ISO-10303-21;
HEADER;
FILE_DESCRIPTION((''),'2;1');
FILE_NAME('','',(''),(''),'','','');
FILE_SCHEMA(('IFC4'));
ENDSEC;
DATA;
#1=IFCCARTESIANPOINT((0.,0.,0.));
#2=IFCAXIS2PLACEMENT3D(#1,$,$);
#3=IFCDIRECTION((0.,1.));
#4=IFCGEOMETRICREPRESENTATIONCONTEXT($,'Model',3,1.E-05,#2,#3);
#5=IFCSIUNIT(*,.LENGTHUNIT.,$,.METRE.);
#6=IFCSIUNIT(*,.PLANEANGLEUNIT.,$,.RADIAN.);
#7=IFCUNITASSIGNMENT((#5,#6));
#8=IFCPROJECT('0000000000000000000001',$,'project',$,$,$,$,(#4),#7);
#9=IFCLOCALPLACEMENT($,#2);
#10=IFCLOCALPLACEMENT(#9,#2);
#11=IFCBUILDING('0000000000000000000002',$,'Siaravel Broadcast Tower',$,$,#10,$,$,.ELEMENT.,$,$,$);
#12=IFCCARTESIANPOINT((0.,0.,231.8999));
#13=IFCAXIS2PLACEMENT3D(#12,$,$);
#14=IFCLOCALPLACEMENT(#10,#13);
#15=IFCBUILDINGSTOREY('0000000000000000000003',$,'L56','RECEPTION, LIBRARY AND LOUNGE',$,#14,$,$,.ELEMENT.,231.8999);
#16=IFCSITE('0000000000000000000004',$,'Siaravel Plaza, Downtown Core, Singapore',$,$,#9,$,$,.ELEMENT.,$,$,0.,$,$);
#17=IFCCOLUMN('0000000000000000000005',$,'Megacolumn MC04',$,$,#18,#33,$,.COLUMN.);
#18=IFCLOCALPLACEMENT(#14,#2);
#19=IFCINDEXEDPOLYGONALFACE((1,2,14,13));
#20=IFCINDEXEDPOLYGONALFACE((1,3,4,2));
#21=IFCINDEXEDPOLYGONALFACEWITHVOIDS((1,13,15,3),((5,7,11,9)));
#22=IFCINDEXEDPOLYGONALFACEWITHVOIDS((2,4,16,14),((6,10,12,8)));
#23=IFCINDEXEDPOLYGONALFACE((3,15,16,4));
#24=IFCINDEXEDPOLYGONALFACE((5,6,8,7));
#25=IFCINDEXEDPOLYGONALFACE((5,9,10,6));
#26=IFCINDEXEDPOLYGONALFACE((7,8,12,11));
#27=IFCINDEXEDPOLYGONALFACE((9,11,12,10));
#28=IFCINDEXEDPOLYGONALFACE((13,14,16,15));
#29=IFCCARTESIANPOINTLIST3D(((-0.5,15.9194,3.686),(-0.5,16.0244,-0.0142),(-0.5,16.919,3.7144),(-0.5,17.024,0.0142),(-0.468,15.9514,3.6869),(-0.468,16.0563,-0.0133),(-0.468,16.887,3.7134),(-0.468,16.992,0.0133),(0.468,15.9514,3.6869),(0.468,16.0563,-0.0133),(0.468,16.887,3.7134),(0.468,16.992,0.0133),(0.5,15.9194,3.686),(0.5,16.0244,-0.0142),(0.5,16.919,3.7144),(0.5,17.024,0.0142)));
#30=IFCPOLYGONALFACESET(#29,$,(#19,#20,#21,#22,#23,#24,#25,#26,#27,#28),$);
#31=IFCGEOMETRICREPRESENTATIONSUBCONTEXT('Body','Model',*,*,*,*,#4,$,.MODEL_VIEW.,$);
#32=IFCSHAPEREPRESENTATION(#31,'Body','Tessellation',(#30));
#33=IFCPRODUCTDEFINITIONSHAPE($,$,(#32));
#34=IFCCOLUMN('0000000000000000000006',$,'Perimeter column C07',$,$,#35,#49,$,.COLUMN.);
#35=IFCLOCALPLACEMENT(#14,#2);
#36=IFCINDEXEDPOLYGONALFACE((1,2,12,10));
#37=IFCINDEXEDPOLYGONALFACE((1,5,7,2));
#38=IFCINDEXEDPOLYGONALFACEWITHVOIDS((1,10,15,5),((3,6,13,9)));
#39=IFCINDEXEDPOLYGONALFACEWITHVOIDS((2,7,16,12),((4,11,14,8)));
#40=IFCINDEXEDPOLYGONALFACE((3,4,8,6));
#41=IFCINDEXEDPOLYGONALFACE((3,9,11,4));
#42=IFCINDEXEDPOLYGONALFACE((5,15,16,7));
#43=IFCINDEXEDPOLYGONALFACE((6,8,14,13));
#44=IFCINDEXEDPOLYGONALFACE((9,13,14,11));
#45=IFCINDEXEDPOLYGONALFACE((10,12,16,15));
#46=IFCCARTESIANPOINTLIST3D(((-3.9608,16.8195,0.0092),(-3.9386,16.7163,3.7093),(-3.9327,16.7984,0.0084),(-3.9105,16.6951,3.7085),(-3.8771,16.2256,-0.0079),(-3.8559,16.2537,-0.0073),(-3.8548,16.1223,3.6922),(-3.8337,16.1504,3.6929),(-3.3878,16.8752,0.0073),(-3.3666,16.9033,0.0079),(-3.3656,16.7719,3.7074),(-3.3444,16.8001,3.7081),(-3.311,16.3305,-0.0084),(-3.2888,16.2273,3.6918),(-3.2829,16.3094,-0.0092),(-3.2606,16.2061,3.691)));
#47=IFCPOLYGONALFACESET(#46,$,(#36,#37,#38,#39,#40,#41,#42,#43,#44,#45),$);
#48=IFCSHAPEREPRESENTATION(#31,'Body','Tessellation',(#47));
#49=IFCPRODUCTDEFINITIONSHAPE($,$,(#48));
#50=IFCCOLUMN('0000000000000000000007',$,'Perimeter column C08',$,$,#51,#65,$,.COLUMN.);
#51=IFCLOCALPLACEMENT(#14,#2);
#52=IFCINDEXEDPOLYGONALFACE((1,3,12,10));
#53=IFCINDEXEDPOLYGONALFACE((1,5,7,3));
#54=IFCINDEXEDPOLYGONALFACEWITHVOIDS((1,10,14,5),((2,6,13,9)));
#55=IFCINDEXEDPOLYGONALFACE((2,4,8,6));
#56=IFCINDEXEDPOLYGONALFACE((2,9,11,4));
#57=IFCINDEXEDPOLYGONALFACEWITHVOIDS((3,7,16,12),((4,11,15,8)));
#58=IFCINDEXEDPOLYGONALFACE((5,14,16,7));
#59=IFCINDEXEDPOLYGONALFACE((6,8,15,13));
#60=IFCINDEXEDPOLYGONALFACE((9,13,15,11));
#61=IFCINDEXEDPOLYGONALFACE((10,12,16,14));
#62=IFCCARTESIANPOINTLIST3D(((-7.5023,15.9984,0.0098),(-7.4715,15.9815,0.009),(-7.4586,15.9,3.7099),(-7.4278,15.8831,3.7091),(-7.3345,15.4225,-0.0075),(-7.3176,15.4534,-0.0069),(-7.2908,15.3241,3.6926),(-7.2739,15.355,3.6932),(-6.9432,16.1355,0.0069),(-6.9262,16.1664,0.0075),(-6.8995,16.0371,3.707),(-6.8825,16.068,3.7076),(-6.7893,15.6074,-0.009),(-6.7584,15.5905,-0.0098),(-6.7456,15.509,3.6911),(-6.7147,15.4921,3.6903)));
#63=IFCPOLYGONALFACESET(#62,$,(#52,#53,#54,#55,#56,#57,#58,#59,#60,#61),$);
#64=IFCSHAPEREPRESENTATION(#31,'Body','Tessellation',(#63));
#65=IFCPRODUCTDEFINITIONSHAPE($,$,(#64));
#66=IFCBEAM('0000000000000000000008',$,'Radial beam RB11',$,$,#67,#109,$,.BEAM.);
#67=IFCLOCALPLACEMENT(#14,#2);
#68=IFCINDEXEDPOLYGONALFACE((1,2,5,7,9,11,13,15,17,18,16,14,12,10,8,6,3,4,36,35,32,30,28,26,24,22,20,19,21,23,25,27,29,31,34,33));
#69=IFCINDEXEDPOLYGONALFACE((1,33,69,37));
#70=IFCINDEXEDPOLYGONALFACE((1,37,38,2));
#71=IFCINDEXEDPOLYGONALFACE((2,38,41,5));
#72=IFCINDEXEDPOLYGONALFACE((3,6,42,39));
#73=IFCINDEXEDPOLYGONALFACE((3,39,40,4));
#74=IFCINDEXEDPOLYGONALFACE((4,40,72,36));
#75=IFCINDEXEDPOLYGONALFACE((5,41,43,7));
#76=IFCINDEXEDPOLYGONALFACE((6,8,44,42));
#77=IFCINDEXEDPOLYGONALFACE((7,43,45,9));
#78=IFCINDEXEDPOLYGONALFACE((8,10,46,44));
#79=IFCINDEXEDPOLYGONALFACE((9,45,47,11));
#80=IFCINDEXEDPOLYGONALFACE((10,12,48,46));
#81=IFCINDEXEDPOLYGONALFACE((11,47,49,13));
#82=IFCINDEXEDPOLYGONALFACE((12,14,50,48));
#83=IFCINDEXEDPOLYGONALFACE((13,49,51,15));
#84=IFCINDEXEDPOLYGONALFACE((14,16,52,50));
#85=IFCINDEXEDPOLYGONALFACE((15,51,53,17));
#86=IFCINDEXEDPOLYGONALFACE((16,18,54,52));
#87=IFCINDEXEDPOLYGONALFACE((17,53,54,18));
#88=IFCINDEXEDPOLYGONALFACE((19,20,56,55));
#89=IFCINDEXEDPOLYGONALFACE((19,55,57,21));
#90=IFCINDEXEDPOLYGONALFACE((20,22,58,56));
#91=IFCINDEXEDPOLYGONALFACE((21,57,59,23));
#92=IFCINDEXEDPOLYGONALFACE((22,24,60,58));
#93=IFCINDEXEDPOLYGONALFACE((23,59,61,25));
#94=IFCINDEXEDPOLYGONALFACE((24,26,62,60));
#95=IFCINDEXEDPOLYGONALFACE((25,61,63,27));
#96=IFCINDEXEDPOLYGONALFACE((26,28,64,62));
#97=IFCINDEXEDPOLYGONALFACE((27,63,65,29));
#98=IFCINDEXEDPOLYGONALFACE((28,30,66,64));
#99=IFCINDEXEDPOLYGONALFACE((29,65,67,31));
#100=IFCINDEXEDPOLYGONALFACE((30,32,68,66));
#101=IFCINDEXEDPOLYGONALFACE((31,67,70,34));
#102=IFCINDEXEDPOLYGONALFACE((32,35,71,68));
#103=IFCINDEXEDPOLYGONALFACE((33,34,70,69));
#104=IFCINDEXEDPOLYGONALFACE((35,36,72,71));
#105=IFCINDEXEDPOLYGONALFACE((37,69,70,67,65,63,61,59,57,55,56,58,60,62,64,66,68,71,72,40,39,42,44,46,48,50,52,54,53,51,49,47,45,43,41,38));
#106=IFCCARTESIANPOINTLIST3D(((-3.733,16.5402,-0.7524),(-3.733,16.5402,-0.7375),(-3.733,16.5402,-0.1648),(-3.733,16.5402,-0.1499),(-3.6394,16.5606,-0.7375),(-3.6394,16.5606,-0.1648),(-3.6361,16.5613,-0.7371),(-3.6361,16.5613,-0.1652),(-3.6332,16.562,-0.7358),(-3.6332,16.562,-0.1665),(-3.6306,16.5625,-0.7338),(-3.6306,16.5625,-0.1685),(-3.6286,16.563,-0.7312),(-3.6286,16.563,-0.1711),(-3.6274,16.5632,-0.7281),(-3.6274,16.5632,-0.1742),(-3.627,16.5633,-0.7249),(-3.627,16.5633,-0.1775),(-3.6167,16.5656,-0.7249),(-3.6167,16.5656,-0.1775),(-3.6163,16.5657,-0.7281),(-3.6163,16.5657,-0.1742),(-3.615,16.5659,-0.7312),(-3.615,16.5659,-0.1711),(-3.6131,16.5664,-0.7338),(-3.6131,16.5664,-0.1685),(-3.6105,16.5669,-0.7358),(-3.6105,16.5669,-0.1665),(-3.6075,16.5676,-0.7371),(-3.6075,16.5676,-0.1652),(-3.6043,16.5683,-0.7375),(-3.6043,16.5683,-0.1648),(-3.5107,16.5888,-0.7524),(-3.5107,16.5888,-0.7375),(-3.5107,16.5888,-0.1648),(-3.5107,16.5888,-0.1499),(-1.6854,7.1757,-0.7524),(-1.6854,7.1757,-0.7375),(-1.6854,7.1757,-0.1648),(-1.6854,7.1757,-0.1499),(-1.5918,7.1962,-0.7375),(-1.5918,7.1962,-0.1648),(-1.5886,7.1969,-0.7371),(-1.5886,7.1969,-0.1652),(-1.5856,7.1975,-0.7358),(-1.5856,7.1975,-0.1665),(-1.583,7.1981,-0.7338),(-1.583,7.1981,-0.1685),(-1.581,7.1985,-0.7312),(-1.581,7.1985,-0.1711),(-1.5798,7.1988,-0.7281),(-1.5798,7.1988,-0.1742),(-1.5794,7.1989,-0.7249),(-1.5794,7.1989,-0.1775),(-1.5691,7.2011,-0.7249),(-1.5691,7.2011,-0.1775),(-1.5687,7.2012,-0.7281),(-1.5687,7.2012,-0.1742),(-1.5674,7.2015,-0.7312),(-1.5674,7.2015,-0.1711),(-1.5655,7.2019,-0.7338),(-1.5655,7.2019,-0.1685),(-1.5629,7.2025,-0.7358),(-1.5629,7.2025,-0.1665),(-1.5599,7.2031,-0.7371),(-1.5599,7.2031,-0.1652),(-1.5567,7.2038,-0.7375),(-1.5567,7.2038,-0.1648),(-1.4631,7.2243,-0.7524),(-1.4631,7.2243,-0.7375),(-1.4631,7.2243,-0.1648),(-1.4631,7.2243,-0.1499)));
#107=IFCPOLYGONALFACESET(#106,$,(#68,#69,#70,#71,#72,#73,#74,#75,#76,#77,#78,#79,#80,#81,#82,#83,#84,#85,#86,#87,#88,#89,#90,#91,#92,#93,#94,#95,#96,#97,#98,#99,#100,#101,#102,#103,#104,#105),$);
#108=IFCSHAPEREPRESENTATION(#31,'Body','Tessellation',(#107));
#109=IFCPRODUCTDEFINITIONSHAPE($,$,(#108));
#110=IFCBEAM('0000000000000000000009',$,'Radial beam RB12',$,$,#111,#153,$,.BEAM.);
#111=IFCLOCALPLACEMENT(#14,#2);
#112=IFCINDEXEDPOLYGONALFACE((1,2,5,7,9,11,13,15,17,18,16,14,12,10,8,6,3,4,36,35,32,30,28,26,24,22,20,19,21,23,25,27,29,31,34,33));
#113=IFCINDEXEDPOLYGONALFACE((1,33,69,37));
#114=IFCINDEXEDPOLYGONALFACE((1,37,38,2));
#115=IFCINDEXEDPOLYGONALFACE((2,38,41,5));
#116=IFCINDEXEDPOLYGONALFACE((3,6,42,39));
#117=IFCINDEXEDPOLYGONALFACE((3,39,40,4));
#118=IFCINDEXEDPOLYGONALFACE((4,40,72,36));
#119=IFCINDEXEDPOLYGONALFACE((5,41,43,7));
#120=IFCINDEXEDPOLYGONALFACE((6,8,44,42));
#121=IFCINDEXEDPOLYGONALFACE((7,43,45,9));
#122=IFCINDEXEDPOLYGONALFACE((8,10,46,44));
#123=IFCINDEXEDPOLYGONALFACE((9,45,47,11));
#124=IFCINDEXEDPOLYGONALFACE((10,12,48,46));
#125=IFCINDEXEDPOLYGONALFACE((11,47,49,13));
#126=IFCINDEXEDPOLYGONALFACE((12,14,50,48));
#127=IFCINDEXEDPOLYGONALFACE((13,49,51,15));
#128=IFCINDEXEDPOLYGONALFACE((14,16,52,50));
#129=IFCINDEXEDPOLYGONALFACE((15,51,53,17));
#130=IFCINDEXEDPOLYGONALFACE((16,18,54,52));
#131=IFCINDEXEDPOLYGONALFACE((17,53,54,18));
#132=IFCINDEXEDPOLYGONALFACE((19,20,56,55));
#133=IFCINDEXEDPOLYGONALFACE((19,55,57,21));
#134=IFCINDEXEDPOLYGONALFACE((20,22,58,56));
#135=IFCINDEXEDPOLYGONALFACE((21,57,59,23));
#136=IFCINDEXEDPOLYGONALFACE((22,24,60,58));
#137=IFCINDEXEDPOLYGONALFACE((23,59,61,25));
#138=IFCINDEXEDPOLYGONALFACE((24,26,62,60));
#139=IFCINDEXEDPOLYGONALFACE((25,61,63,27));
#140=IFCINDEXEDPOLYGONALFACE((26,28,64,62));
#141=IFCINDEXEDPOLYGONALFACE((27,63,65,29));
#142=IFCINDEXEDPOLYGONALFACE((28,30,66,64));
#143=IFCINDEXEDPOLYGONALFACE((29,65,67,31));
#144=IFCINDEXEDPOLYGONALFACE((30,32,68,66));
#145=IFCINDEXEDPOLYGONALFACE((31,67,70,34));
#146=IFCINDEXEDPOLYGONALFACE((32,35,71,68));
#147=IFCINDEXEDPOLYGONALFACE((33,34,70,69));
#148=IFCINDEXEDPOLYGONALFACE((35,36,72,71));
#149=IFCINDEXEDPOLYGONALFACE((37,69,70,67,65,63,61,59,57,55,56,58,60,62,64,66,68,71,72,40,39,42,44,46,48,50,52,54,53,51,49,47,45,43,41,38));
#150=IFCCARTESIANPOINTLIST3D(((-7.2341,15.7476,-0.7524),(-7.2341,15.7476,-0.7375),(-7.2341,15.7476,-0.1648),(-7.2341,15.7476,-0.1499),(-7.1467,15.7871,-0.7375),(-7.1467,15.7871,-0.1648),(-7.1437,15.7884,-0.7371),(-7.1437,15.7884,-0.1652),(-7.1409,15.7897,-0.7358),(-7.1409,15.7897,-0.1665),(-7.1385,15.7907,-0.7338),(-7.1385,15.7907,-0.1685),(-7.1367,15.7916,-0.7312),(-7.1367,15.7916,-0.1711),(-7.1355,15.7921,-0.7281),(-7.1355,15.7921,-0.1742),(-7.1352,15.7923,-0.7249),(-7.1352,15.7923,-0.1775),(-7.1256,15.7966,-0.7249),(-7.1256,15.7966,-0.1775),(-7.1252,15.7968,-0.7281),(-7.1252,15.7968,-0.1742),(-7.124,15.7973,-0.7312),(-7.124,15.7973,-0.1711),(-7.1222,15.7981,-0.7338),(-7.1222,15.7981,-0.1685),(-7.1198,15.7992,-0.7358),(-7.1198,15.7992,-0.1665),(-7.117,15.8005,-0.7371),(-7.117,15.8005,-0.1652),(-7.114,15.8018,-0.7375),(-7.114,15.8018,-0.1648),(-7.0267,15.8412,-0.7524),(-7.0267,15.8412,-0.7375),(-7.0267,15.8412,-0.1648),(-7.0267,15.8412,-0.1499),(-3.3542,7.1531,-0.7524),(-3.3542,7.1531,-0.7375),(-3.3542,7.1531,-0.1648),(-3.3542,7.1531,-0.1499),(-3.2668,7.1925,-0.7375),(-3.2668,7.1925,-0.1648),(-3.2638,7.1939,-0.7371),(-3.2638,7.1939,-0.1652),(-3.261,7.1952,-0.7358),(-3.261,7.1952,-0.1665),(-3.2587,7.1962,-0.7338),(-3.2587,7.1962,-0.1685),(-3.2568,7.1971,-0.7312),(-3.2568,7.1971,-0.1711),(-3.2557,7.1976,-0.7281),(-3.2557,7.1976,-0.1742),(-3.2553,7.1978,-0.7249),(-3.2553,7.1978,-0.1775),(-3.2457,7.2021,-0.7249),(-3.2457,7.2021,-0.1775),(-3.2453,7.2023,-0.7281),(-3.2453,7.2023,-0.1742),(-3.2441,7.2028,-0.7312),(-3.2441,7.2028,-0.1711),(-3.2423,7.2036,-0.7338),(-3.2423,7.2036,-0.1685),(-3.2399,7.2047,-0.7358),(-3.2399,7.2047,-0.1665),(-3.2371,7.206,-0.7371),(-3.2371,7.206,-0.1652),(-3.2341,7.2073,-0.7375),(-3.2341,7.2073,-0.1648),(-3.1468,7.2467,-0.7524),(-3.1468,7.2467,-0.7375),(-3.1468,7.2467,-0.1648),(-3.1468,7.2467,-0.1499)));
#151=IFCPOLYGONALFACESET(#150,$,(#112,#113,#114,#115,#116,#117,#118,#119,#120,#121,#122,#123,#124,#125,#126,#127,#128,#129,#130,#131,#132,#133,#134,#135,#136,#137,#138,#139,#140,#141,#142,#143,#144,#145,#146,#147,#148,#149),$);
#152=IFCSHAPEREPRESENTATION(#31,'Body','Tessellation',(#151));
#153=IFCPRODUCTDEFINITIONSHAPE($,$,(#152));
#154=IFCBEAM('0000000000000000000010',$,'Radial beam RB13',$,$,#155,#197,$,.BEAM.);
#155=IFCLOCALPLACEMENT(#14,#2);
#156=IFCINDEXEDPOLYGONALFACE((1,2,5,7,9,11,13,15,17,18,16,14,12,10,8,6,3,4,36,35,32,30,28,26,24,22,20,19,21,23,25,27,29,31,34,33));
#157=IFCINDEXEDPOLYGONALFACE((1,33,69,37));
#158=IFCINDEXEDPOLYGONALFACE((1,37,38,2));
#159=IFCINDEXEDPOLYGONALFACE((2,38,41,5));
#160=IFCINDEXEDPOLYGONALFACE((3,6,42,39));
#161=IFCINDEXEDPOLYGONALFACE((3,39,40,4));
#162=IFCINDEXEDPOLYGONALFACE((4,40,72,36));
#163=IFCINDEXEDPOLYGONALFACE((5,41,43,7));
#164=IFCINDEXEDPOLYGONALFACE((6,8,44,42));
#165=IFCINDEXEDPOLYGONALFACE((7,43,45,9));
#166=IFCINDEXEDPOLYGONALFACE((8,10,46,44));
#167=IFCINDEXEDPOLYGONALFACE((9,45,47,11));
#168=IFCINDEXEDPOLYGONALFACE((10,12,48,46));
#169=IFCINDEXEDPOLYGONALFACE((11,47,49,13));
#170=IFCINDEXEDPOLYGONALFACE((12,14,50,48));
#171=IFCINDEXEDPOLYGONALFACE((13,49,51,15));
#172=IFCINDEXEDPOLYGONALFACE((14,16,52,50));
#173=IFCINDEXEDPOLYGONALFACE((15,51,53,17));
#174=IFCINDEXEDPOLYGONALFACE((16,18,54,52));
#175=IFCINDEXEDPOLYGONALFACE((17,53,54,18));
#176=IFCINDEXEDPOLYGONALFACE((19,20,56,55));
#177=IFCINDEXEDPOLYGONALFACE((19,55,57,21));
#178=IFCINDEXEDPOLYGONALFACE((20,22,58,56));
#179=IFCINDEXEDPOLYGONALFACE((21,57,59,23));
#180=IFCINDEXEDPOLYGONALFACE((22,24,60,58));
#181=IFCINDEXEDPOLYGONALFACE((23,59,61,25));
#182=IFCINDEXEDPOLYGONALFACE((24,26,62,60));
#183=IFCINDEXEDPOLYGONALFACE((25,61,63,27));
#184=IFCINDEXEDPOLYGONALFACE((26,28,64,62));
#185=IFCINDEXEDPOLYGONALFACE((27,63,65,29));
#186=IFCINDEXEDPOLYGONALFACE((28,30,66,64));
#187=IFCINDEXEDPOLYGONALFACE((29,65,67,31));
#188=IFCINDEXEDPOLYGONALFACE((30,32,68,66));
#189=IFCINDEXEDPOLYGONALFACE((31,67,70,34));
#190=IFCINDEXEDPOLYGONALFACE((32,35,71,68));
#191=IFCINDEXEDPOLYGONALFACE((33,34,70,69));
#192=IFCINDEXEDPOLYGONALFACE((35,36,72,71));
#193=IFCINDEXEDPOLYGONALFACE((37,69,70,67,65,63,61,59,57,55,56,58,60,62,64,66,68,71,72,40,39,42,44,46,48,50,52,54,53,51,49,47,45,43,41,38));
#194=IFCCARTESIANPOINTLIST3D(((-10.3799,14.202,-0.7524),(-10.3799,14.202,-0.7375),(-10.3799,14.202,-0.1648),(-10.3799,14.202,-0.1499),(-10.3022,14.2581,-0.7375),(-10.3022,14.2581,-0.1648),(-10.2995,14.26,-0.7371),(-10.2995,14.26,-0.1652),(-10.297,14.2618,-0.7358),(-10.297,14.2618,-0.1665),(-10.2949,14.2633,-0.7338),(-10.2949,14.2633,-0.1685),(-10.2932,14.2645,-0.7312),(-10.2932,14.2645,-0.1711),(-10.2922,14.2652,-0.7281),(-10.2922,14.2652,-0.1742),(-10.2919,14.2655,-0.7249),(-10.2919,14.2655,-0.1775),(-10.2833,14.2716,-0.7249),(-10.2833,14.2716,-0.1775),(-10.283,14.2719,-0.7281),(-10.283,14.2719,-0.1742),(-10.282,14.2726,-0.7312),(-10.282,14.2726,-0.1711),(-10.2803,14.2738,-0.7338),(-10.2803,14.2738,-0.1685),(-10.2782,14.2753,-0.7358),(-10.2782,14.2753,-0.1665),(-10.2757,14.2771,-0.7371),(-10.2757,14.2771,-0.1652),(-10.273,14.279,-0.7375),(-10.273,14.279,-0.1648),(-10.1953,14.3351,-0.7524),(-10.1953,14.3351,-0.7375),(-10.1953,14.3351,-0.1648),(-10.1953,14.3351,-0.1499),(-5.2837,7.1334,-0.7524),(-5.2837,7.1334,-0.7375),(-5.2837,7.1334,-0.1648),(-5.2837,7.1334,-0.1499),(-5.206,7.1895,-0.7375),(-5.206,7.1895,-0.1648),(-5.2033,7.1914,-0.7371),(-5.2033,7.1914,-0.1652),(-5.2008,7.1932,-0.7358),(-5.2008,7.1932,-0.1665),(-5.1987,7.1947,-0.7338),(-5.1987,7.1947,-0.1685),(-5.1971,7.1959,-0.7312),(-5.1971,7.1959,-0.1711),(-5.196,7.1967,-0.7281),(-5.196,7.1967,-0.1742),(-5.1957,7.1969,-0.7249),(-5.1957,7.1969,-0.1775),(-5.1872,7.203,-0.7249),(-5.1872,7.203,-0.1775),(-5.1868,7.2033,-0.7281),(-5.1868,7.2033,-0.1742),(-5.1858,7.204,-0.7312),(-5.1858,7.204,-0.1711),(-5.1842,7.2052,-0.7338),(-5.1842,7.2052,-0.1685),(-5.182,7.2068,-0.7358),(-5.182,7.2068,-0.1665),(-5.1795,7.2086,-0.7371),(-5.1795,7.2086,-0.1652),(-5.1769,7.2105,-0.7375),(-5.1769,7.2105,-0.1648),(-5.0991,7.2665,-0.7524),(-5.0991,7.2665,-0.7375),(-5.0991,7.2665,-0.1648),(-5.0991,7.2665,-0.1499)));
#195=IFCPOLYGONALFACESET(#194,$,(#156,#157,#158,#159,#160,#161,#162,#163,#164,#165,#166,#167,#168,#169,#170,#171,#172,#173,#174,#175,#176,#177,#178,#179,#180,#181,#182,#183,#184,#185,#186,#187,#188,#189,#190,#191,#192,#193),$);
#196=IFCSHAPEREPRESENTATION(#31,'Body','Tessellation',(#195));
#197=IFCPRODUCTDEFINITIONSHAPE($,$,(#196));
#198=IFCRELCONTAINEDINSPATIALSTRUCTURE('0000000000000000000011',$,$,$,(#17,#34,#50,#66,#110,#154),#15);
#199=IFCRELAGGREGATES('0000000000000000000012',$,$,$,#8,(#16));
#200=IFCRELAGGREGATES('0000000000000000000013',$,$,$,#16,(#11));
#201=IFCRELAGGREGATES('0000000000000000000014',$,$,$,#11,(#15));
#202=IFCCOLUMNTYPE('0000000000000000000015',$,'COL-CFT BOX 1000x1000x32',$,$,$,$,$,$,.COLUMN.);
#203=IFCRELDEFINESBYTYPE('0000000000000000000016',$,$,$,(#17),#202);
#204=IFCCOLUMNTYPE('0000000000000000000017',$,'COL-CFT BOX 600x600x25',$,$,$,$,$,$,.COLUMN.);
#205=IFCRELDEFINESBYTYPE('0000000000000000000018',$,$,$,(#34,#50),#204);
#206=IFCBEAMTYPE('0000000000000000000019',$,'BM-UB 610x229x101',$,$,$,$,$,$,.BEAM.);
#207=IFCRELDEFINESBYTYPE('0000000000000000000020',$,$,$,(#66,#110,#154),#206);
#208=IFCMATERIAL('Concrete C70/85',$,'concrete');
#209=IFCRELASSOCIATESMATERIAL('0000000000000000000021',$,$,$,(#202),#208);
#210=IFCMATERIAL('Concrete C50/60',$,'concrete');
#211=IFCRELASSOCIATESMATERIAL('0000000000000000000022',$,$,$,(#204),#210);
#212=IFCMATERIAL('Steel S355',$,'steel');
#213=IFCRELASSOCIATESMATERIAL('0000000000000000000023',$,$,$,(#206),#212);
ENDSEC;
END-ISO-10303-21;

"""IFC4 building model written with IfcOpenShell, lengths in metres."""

from ifc_helpers import new_model, si_unit, direction, frame, origin, origin_2d, place, context, subcontext, project, spatial, hollow_rectangle, i_section, extrude, material, material_profile, profile_set, type_object, element, save


model = new_model("IFC4")

# Units and contexts
model_context = context("Model", 3, precision=1e-05, world=origin(), true_north=direction((0.0, 1.0)))
body_context = subcontext(model_context, "Body", "Model", "MODEL_VIEW")
ifc_project = project(units=[si_unit("LENGTHUNIT", "METRE"), si_unit("PLANEANGLEUNIT", "RADIAN")], contexts=[model_context])

# Site, building, storey
site_placement = place(None, origin())
site = spatial("IfcSite", under=ifc_project, at=site_placement, Name="Siaravel Plaza, Downtown Core, Singapore", CompositionType="ELEMENT", RefElevation=0.0)
building_placement = place(site_placement, origin())
building = spatial("IfcBuilding", under=site, at=building_placement, Name="Siaravel Broadcast Tower", CompositionType="ELEMENT")
storey_placement = place(building_placement, frame((0.0, 0.0, 231.8999)))
storey = spatial("IfcBuildingStorey", under=building, at=storey_placement, Name="L56", Description="RECEPTION, LIBRARY AND LOUNGE", CompositionType="ELEMENT", Elevation=231.8999)

# Columns
ifc_material_1 = material(Name="Concrete C70/85", Category="concrete")
ifc_material_profile_1 = material_profile(ifc_material_1, hollow_rectangle(XDim=1.0, YDim=1.0, WallThickness=0.032, at=origin_2d()))
ifc_profile_set_1 = profile_set([ifc_material_profile_1], Name="Concrete C70/85")
column_type_1 = type_object("IfcColumnType", Name="COL-CFT BOX 1000x1000x32", PredefinedType="COLUMN", material=ifc_profile_set_1)
column_placement = place(storey_placement, frame((0.0, 16.5242, 0.0), z_axis=(0.0, -0.02836, 0.999598), x_axis=(1.0, 0.0, 0.0)))
element("IfcColumn", 1, at=column_placement, inside=storey, type_object=column_type_1, Name="Megacolumn MC04", PredefinedType="COLUMN", context=body_context, shape_type="SweptSolid", body=[
    extrude(hollow_rectangle(XDim=1.0, YDim=1.0, WallThickness=0.032, at=origin_2d()), origin(), (0.0, 0.0, 1.0), 3.7017),
])
ifc_material_2 = material(Name="Concrete C50/60", Category="concrete")
ifc_material_profile_2 = material_profile(ifc_material_2, hollow_rectangle(XDim=0.6001, YDim=0.6001, WallThickness=0.0249, at=origin_2d()))
ifc_profile_set_2 = profile_set([ifc_material_profile_2], Name="Concrete C50/60")
column_type_2 = type_object("IfcColumnType", Name="COL-CFT BOX 600x600x25", PredefinedType="COLUMN", material=ifc_profile_set_2)
for number, where, z_axis, x_axis, name in (
    (2, (-3.6218, 16.5645, 0.0), (0.006002, -0.027898, 0.999593), (0.990199, 0.139651, -0.002048), "Perimeter column C07"),
    (3, (-7.1304, 15.7944, 0.0), (0.011806, -0.026579, 0.999577), (0.960011, 0.279936, -0.003895), "Perimeter column C08"),
):
    element("IfcColumn", number, at=place(storey_placement, frame(where, z_axis=z_axis, x_axis=x_axis)), inside=storey, type_object=column_type_2, Name=name, PredefinedType="COLUMN", context=body_context, shape_type="SweptSolid", body=[
        extrude(hollow_rectangle(XDim=0.6001, YDim=0.6001, WallThickness=0.0249, at=origin_2d()), origin(), (0.0, 0.0, 1.0), 3.7017),
    ])

# Beams
ifc_material_3 = material(Name="Steel S355", Category="steel")
ifc_material_profile_3 = material_profile(ifc_material_3, i_section(OverallWidth=0.2275, OverallDepth=0.6025, WebThickness=0.0105, FlangeThickness=0.0149, FilletRadius=0.0127, at=origin_2d()))
ifc_profile_set_3 = profile_set([ifc_material_profile_3], Name="Steel S355")
beam_type = type_object("IfcBeamType", Name="BM-UB 610x229x101", PredefinedType="BEAM", material=ifc_profile_set_3)
beam_1_placement = place(storey_placement, frame((-3.6218, 16.5645, -0.4512), z_axis=(0.21361, -0.976919, 0.0), x_axis=(0.976919, 0.21361, 0.0)))
element("IfcBeam", 4, at=beam_1_placement, inside=storey, type_object=beam_type, Name="Radial beam RB11", PredefinedType="BEAM", context=body_context, shape_type="SweptSolid", body=[
    extrude(i_section(OverallWidth=0.2275, OverallDepth=0.6025, WebThickness=0.0105, FlangeThickness=0.0149, FilletRadius=0.0127, at=origin_2d()), origin(), (0.0, 0.0, 1.0), 9.5857),
])
beam_2_placement = place(storey_placement, frame((-7.1304, 15.7944, -0.4512), z_axis=(0.411455, -0.91143, 0.0), x_axis=(0.91143, 0.411455, 0.0)))
element("IfcBeam", 5, at=beam_2_placement, inside=storey, type_object=beam_type, Name="Radial beam RB12", PredefinedType="BEAM", context=body_context, shape_type="SweptSolid", body=[
    extrude(i_section(OverallWidth=0.2275, OverallDepth=0.6025, WebThickness=0.0105, FlangeThickness=0.0149, FilletRadius=0.0127, at=origin_2d()), origin(), (0.0, 0.0, 1.0), 9.4297),
])
beam_3_placement = place(storey_placement, frame((-10.2876, 14.2686, -0.4512), z_axis=(0.584818, -0.811164, 0.0), x_axis=(0.811164, 0.584818, 0.0)))
element("IfcBeam", 6, at=beam_3_placement, inside=storey, type_object=beam_type, Name="Radial beam RB13", PredefinedType="BEAM", context=body_context, shape_type="SweptSolid", body=[
    extrude(i_section(OverallWidth=0.2275, OverallDepth=0.6025, WebThickness=0.0105, FlangeThickness=0.0149, FilletRadius=0.0127, at=origin_2d()), origin(), (0.0, 0.0, 1.0), 8.7141),
])

save(model, "model.ifc")
